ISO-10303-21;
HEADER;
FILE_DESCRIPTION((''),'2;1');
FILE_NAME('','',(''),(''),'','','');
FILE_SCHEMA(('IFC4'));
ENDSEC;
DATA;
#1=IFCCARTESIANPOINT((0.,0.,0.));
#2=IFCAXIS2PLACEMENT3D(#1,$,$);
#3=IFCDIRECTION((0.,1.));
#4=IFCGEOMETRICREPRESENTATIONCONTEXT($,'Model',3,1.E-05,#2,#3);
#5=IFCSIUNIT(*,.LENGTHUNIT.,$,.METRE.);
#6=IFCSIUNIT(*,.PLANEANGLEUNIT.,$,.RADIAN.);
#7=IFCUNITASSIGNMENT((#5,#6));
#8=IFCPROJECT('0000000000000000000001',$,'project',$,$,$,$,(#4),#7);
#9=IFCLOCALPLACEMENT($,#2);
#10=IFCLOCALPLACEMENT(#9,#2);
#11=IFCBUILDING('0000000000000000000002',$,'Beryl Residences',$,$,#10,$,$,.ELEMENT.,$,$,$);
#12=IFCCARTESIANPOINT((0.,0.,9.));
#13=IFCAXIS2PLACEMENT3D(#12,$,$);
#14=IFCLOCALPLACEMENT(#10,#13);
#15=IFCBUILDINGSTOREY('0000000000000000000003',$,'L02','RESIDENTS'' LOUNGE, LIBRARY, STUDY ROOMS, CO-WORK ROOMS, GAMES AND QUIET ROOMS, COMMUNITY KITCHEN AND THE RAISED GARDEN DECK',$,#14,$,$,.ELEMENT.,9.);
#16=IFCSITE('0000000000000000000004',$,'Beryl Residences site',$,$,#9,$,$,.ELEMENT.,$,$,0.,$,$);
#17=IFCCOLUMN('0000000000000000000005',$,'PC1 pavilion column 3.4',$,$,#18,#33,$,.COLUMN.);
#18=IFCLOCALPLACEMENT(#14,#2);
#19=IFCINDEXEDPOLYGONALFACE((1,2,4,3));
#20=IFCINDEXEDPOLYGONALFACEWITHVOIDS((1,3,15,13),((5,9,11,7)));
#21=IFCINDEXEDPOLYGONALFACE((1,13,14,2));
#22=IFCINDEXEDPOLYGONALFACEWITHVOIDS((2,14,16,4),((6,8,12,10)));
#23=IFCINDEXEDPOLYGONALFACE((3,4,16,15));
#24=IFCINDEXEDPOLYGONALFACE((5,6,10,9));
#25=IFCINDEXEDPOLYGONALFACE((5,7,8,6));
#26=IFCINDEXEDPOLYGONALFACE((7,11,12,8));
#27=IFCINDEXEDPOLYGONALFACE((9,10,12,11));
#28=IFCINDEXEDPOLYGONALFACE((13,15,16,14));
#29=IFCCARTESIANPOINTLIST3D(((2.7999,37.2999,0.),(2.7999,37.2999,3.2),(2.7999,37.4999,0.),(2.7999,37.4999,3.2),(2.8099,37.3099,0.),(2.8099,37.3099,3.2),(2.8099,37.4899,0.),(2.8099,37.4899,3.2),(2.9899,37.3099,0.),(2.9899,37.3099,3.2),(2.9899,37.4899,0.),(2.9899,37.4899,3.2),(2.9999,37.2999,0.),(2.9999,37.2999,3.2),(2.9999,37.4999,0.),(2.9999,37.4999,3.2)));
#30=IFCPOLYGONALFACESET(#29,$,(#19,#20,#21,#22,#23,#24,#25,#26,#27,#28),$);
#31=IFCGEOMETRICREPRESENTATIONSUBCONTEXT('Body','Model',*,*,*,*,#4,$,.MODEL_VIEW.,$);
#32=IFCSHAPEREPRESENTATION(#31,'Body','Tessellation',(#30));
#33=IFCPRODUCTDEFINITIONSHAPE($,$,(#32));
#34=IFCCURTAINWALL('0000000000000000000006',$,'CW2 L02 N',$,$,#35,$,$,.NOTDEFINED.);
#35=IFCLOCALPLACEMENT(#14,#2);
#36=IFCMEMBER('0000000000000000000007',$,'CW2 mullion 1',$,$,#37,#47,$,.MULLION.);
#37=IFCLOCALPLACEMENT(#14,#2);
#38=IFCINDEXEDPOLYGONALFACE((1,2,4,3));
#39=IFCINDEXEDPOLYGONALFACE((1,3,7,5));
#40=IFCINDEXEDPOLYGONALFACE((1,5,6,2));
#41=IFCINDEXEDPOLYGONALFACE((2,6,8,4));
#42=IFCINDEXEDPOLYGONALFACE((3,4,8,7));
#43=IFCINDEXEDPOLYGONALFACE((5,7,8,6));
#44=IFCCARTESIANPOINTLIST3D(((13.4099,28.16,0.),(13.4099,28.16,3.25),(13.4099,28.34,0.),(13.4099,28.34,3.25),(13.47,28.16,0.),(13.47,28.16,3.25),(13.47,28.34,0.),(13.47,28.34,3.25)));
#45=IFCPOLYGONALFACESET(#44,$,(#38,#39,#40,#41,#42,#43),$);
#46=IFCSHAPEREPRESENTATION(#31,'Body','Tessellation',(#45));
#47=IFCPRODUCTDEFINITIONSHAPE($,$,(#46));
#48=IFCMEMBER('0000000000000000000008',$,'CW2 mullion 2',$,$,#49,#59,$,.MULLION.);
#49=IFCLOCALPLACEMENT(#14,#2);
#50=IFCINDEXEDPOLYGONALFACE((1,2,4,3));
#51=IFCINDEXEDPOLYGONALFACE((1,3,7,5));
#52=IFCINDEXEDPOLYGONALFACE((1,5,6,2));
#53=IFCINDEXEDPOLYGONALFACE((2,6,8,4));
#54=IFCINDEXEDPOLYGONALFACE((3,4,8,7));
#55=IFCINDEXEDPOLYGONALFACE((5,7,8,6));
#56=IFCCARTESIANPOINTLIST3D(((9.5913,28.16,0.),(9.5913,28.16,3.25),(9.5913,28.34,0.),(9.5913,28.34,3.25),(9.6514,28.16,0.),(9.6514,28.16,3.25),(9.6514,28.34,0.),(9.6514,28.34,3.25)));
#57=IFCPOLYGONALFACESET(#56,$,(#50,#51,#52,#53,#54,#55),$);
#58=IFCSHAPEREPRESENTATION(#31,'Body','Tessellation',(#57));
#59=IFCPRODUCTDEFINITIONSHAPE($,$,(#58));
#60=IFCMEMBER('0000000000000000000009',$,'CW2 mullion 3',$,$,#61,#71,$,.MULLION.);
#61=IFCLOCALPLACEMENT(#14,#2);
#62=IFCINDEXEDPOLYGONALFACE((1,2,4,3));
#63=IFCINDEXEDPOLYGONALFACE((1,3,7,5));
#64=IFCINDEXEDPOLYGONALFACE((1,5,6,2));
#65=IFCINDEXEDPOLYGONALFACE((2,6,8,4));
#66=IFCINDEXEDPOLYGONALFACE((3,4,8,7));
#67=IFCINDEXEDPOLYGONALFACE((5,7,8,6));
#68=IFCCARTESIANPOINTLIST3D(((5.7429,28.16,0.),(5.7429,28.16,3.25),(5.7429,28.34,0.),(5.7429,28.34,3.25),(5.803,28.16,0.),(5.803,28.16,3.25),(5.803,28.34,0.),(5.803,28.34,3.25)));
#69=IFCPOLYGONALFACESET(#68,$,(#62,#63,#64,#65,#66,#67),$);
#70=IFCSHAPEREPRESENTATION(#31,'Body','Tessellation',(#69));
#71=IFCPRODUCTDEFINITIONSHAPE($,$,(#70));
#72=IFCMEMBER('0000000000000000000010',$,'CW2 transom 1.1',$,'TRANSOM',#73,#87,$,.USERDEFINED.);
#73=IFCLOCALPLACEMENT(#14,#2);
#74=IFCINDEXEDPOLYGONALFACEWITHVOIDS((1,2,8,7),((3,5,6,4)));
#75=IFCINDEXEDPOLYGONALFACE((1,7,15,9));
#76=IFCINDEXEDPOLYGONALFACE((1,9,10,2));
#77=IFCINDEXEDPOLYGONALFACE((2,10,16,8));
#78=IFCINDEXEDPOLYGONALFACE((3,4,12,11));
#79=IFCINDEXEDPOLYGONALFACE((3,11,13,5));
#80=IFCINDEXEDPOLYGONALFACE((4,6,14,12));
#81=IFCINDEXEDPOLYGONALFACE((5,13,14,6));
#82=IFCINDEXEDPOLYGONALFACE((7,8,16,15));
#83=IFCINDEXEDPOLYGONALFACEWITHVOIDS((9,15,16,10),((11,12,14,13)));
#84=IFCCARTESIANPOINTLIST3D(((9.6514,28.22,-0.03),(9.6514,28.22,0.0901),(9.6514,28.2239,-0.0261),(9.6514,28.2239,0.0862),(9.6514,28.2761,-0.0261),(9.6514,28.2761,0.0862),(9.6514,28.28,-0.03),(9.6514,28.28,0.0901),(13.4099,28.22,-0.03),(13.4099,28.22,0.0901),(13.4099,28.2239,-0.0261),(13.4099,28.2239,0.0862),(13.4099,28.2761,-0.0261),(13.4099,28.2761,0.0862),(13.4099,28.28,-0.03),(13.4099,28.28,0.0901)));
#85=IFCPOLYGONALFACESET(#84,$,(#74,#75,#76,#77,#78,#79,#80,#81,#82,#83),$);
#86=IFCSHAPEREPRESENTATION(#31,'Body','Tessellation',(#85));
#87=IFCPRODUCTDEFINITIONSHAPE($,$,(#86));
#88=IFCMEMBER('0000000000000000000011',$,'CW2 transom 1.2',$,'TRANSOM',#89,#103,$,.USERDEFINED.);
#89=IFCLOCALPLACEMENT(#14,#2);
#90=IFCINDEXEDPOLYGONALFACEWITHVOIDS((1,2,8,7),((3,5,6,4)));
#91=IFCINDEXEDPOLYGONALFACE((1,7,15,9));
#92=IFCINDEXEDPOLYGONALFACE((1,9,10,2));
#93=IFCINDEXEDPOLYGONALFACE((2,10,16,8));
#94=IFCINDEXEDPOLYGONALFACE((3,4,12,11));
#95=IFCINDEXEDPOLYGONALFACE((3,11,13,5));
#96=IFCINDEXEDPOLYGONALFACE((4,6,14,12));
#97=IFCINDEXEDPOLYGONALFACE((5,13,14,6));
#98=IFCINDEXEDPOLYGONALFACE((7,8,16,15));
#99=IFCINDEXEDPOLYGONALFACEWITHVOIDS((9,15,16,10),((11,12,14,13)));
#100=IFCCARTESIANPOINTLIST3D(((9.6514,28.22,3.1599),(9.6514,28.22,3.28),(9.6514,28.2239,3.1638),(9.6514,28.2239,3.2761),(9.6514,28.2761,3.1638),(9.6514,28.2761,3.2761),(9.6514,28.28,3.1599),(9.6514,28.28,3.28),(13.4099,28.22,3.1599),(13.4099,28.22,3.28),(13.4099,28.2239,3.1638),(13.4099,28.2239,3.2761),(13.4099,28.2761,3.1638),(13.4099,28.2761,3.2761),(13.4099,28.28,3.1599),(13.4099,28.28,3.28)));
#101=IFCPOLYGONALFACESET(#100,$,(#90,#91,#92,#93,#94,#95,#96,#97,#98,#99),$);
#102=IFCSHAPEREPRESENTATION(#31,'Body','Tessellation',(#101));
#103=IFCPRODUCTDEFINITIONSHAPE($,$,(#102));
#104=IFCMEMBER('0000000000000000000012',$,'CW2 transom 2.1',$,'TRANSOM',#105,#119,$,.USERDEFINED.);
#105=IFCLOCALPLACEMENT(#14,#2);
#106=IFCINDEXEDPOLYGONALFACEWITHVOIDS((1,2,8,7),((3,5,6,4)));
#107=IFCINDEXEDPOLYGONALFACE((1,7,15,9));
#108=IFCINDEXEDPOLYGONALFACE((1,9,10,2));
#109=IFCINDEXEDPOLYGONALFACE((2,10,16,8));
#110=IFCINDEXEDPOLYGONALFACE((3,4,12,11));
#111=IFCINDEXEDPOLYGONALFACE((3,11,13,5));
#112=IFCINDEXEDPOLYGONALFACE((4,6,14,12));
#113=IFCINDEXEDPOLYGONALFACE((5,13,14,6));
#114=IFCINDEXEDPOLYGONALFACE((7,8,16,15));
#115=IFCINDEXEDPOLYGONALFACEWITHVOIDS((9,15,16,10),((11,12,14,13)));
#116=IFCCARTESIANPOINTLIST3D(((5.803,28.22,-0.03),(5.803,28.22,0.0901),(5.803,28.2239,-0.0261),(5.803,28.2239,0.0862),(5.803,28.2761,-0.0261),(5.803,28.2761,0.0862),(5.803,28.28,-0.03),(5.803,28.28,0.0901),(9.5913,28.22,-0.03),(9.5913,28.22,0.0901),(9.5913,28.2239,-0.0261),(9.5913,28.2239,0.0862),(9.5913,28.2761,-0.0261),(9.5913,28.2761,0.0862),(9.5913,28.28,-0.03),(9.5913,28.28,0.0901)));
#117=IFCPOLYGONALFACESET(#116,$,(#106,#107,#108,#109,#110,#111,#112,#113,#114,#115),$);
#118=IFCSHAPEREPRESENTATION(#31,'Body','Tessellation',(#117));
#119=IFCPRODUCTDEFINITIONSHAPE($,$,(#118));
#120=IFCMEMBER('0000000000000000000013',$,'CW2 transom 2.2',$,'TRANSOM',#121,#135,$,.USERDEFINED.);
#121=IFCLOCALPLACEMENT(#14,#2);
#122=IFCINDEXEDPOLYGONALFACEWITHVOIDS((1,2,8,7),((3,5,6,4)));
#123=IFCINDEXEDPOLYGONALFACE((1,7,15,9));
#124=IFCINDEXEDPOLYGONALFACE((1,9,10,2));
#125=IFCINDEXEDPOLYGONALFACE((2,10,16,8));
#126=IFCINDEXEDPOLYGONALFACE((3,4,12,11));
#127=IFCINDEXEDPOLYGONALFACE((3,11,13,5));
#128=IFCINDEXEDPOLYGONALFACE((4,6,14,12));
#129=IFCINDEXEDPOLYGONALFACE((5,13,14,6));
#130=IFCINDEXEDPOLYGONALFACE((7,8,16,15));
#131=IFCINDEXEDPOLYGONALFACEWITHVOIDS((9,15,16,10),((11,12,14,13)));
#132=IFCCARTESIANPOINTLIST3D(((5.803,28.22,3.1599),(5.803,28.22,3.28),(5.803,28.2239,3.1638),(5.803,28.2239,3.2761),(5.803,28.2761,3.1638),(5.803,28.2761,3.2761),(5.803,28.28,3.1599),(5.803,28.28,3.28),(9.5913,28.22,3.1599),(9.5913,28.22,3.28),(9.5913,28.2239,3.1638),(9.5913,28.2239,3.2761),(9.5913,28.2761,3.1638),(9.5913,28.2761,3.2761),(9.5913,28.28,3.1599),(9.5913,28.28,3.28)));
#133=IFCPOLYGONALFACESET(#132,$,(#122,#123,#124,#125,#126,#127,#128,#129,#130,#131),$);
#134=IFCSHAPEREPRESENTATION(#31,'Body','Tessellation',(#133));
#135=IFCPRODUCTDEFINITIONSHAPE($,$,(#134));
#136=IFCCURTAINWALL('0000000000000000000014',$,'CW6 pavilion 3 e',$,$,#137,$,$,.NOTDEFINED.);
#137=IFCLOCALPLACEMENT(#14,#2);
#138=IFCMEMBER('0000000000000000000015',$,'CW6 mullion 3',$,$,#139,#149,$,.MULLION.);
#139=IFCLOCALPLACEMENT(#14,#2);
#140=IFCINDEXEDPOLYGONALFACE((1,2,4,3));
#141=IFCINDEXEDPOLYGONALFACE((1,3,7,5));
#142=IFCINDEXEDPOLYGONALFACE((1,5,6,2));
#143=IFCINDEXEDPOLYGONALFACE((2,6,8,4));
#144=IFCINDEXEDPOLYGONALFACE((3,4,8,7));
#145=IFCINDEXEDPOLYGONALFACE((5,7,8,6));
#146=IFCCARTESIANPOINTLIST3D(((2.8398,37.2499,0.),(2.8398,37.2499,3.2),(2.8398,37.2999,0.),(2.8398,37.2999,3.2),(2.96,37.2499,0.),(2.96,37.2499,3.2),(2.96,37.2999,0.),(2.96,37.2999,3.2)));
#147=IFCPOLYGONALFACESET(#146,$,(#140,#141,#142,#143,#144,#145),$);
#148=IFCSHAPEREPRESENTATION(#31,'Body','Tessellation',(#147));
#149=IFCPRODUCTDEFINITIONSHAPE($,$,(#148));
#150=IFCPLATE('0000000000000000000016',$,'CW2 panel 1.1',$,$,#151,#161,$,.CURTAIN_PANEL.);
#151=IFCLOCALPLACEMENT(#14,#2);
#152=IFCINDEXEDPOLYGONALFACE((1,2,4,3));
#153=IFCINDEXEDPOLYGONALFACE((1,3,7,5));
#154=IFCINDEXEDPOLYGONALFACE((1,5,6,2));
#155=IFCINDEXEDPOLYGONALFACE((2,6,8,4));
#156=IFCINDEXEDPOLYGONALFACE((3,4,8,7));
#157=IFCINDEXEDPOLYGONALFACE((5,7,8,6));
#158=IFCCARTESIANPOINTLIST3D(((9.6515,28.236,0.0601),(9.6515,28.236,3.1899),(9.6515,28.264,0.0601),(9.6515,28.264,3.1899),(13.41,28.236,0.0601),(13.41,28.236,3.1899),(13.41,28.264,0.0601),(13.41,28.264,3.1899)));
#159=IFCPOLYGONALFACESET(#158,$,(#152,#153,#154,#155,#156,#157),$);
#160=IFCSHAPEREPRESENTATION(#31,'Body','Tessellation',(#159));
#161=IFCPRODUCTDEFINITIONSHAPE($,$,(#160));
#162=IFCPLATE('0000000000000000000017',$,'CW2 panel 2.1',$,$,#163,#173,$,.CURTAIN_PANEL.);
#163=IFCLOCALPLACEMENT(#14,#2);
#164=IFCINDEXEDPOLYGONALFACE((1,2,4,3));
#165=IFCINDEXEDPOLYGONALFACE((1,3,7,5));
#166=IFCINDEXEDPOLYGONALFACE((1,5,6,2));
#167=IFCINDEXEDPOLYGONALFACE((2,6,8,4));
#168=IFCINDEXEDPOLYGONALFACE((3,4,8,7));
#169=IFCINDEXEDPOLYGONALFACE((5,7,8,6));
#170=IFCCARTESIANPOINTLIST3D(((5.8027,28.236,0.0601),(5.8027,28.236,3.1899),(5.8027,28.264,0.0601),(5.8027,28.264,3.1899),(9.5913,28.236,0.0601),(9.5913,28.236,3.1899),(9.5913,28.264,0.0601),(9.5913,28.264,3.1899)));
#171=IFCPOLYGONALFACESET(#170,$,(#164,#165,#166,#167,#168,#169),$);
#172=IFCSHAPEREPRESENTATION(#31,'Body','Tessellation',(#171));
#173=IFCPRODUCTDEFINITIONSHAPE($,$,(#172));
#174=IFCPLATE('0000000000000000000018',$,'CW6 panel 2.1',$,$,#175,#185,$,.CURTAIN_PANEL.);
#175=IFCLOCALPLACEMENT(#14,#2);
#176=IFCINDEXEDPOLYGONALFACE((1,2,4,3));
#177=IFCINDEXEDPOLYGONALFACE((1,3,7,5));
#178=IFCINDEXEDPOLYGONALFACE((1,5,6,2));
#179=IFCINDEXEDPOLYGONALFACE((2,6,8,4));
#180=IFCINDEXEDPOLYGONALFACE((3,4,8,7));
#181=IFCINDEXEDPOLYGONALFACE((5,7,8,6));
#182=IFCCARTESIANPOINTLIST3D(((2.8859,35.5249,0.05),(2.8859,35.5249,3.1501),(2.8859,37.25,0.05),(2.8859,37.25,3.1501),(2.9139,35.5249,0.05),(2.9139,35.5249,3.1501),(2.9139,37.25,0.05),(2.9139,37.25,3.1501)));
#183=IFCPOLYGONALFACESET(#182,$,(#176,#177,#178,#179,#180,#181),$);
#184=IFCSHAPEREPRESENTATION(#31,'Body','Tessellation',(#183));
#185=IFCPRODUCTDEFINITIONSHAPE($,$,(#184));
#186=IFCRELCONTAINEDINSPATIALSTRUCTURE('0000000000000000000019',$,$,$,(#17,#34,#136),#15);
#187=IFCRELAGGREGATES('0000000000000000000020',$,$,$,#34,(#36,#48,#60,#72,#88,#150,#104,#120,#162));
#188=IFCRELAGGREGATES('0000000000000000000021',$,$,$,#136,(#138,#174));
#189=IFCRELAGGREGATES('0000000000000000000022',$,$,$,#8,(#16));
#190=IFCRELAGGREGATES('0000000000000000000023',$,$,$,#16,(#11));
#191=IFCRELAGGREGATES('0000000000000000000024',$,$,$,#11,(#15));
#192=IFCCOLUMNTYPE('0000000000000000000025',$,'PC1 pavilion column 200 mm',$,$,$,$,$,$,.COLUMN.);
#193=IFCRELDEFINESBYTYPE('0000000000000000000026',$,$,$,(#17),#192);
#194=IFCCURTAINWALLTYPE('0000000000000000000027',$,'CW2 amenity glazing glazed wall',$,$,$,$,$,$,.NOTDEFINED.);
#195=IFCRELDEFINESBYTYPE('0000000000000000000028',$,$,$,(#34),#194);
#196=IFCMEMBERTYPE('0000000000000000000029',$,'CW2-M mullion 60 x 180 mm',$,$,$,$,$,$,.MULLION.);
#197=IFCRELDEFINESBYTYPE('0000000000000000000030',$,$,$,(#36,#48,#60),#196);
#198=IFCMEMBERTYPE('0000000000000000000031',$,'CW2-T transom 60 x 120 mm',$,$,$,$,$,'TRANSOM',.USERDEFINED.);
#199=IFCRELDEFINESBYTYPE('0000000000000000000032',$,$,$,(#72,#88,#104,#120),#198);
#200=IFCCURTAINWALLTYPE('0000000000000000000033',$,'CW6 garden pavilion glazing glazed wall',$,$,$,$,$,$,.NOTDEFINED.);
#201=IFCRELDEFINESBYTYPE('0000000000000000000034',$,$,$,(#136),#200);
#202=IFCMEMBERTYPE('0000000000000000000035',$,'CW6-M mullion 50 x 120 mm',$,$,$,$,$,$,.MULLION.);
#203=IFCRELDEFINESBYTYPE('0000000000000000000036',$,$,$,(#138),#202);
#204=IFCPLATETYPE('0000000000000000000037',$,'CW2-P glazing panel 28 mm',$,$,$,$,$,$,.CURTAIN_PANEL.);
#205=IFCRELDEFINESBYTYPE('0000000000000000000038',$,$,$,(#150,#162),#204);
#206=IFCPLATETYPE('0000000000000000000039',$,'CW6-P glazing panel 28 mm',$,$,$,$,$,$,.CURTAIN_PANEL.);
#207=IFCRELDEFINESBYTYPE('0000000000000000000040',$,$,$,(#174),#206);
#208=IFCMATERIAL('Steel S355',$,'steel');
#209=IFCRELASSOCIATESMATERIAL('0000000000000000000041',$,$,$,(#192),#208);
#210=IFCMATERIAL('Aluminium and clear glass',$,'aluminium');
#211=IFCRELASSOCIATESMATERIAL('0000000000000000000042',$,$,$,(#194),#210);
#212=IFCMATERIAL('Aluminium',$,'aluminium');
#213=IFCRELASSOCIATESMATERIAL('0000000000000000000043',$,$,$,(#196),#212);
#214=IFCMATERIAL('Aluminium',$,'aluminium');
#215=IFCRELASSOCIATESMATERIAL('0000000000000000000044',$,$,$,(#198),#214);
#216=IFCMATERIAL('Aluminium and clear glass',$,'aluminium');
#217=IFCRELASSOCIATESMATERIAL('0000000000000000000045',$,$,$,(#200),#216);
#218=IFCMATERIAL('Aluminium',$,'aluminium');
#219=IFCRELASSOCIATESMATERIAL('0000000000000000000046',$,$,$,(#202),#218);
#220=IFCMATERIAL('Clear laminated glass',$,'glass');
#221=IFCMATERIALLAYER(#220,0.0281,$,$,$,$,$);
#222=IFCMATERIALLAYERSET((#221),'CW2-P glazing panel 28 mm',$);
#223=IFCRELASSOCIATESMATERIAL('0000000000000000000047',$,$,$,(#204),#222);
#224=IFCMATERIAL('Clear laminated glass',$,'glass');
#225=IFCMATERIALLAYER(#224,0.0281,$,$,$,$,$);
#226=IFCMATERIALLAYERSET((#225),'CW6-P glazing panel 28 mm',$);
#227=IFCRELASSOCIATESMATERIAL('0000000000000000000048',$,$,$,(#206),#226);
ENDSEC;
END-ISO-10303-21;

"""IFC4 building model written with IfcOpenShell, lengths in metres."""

from ifc_helpers import new_model, si_unit, direction, frame, origin, origin_2d, place, context, subcontext, project, spatial, rectangle, hollow_rectangle, extrude, material, layer, layer_set, material_profile, profile_set, type_object, element, aggregate, save


model = new_model("IFC4")

# Units and contexts
model_context = context("Model", 3, precision=1e-05, world=origin(), true_north=direction((0.0, 1.0)))
body_context = subcontext(model_context, "Body", "Model", "MODEL_VIEW")
ifc_project = project(units=[si_unit("LENGTHUNIT", "METRE"), si_unit("PLANEANGLEUNIT", "RADIAN")], contexts=[model_context])

# Site, building, storey
site_placement = place(None, origin())
site = spatial("IfcSite", under=ifc_project, at=site_placement, Name="Beryl Residences site", CompositionType="ELEMENT", RefElevation=0.0)
building_placement = place(site_placement, origin())
building = spatial("IfcBuilding", under=site, at=building_placement, Name="Beryl Residences", CompositionType="ELEMENT")
storey_placement = place(building_placement, frame((0.0, 0.0, 9.0)))
storey = spatial("IfcBuildingStorey", under=building, at=storey_placement, Name="L02", Description="RESIDENTS' LOUNGE, LIBRARY, STUDY ROOMS, CO-WORK ROOMS, GAMES AND QUIET ROOMS, COMMUNITY KITCHEN AND THE RAISED GARDEN DECK", CompositionType="ELEMENT", Elevation=9.0)

# Column
ifc_material_1 = material(Name="Steel S355", Category="steel")
ifc_material_profile_1 = material_profile(ifc_material_1, hollow_rectangle(XDim=0.2, YDim=0.2, WallThickness=0.01, at=origin_2d()))
ifc_profile_set_1 = profile_set([ifc_material_profile_1], Name="Steel S355")
column_type = type_object("IfcColumnType", Name="PC1 pavilion column 200 mm", PredefinedType="COLUMN", material=ifc_profile_set_1)
column_placement = place(storey_placement, frame((2.8999, 37.3999, 0.0), z_axis=(0.0, 0.0, 1.0), x_axis=(1.0, 0.0, 0.0)))
element("IfcColumn", 1, at=column_placement, inside=storey, type_object=column_type, Name="PC1 pavilion column 3.4", PredefinedType="COLUMN", context=body_context, shape_type="SweptSolid", body=[
    extrude(hollow_rectangle(XDim=0.2, YDim=0.2, WallThickness=0.01, at=origin_2d()), origin(), (0.0, 0.0, 1.0), 3.2),
])

# Curtain wall, members
ifc_material_2 = material(Name="Aluminium and clear glass", Category="aluminium")
curtain_wall_type_1 = type_object("IfcCurtainWallType", Name="CW2 amenity glazing glazed wall", PredefinedType="NOTDEFINED", material=ifc_material_2)
curtain_wall_1_placement = place(storey_placement, origin())
curtain_wall_1 = element("IfcCurtainWall", 2, at=curtain_wall_1_placement, inside=storey, type_object=curtain_wall_type_1, Name="CW2 L02 N", PredefinedType="NOTDEFINED")
ifc_material_3 = material(Name="Aluminium", Category="aluminium")
ifc_material_profile_2 = material_profile(ifc_material_3, rectangle(XDim=0.0601, YDim=0.1799, at=origin_2d()))
ifc_profile_set_2 = profile_set([ifc_material_profile_2], Name="Aluminium")
member_type_1 = type_object("IfcMemberType", Name="CW2-M mullion 60 x 180 mm", PredefinedType="MULLION", material=ifc_profile_set_2)
member_1_placement = place(storey_placement, frame((13.4399, 28.25, 0.0), z_axis=(0.0, 0.0, 1.0), x_axis=(-1.0, 0.0, 0.0)))
member_1 = element("IfcMember", 3, at=member_1_placement, type_object=member_type_1, Name="CW2 mullion 1", PredefinedType="MULLION", context=body_context, shape_type="SweptSolid", body=[
    extrude(rectangle(XDim=0.0601, YDim=0.1799, at=origin_2d()), origin(), (0.0, 0.0, 1.0), 3.25),
])
member_2_placement = place(storey_placement, frame((9.6213, 28.25, 0.0), z_axis=(0.0, 0.0, 1.0), x_axis=(-1.0, 0.0, 0.0)))
member_2 = element("IfcMember", 4, at=member_2_placement, type_object=member_type_1, Name="CW2 mullion 2", PredefinedType="MULLION", context=body_context, shape_type="SweptSolid", body=[
    extrude(rectangle(XDim=0.0601, YDim=0.1799, at=origin_2d()), origin(), (0.0, 0.0, 1.0), 3.25),
])
member_3_placement = place(storey_placement, frame((5.7729, 28.25, 0.0), z_axis=(0.0, 0.0, 1.0), x_axis=(-1.0, 0.0, 0.0)))
member_3 = element("IfcMember", 5, at=member_3_placement, type_object=member_type_1, Name="CW2 mullion 3", PredefinedType="MULLION", context=body_context, shape_type="SweptSolid", body=[
    extrude(rectangle(XDim=0.0601, YDim=0.1799, at=origin_2d()), origin(), (0.0, 0.0, 1.0), 3.25),
])
ifc_material_4 = material(Name="Aluminium", Category="aluminium")
ifc_material_profile_3 = material_profile(ifc_material_4, hollow_rectangle(XDim=0.0601, YDim=0.1201, WallThickness=0.0039, at=origin_2d()))
ifc_profile_set_3 = profile_set([ifc_material_profile_3], Name="Aluminium")
member_type_2 = type_object("IfcMemberType", Name="CW2-T transom 60 x 120 mm", ElementType="TRANSOM", PredefinedType="USERDEFINED", material=ifc_profile_set_3)
member_4_placement = place(storey_placement, frame((13.4099, 28.25, 0.03), z_axis=(-1.0, 0.0, 0.0), x_axis=(0.0, -1.0, 0.0)))
member_4 = element("IfcMember", 6, at=member_4_placement, type_object=member_type_2, Name="CW2 transom 1.1", ObjectType="TRANSOM", PredefinedType="USERDEFINED", context=body_context, shape_type="SweptSolid", body=[
    extrude(hollow_rectangle(XDim=0.0601, YDim=0.1201, WallThickness=0.0039, at=origin_2d()), origin(), (0.0, 0.0, 1.0), 3.7585),
])
member_5_placement = place(storey_placement, frame((13.4099, 28.25, 3.22), z_axis=(-1.0, 0.0, 0.0), x_axis=(0.0, -1.0, 0.0)))
member_5 = element("IfcMember", 7, at=member_5_placement, type_object=member_type_2, Name="CW2 transom 1.2", ObjectType="TRANSOM", PredefinedType="USERDEFINED", context=body_context, shape_type="SweptSolid", body=[
    extrude(hollow_rectangle(XDim=0.0601, YDim=0.1201, WallThickness=0.0039, at=origin_2d()), origin(), (0.0, 0.0, 1.0), 3.7585),
])
member_6_placement = place(storey_placement, frame((9.5913, 28.25, 0.03), z_axis=(-1.0, 0.0, 0.0), x_axis=(0.0, -1.0, 0.0)))
member_6 = element("IfcMember", 8, at=member_6_placement, type_object=member_type_2, Name="CW2 transom 2.1", ObjectType="TRANSOM", PredefinedType="USERDEFINED", context=body_context, shape_type="SweptSolid", body=[
    extrude(hollow_rectangle(XDim=0.0601, YDim=0.1201, WallThickness=0.0039, at=origin_2d()), origin(), (0.0, 0.0, 1.0), 3.7883),
])
member_7_placement = place(storey_placement, frame((9.5913, 28.25, 3.22), z_axis=(-1.0, 0.0, 0.0), x_axis=(0.0, -1.0, 0.0)))
member_7 = element("IfcMember", 9, at=member_7_placement, type_object=member_type_2, Name="CW2 transom 2.2", ObjectType="TRANSOM", PredefinedType="USERDEFINED", context=body_context, shape_type="SweptSolid", body=[
    extrude(hollow_rectangle(XDim=0.0601, YDim=0.1201, WallThickness=0.0039, at=origin_2d()), origin(), (0.0, 0.0, 1.0), 3.7883),
])

# Curtain wall, member
ifc_material_5 = material(Name="Aluminium and clear glass", Category="aluminium")
curtain_wall_type_2 = type_object("IfcCurtainWallType", Name="CW6 garden pavilion glazing glazed wall", PredefinedType="NOTDEFINED", material=ifc_material_5)
curtain_wall_2_placement = place(storey_placement, origin())
curtain_wall_2 = element("IfcCurtainWall", 10, at=curtain_wall_2_placement, inside=storey, type_object=curtain_wall_type_2, Name="CW6 pavilion 3 e", PredefinedType="NOTDEFINED")
ifc_material_6 = material(Name="Aluminium", Category="aluminium")
ifc_material_profile_4 = material_profile(ifc_material_6, rectangle(XDim=0.05, YDim=0.1201, at=origin_2d()))
ifc_profile_set_4 = profile_set([ifc_material_profile_4], Name="Aluminium")
member_type_3 = type_object("IfcMemberType", Name="CW6-M mullion 50 x 120 mm", PredefinedType="MULLION", material=ifc_profile_set_4)
member_8_placement = place(storey_placement, frame((2.8999, 37.2749, 0.0), z_axis=(0.0, 0.0, 1.0), x_axis=(0.0, 1.0, 0.0)))
member_8 = element("IfcMember", 11, at=member_8_placement, type_object=member_type_3, Name="CW6 mullion 3", PredefinedType="MULLION", context=body_context, shape_type="SweptSolid", body=[
    extrude(rectangle(XDim=0.05, YDim=0.1201, at=origin_2d()), origin(), (0.0, 0.0, 1.0), 3.2),
])

# Plates
ifc_material_7 = material(Name="Clear laminated glass", Category="glass")
ifc_layer_1 = layer(ifc_material_7, 0.0281)
ifc_layer_set_1 = layer_set([ifc_layer_1], Name="CW2-P glazing panel 28 mm")
plate_type_1 = type_object("IfcPlateType", Name="CW2-P glazing panel 28 mm", PredefinedType="CURTAIN_PANEL", material=ifc_layer_set_1)
plate_1_placement = place(storey_placement, frame((11.5308, 28.25, 0.0601), z_axis=(0.0, 0.0, 1.0), x_axis=(-1.0, 0.0, 0.0)))
plate_1 = element("IfcPlate", 12, at=plate_1_placement, type_object=plate_type_1, Name="CW2 panel 1.1", PredefinedType="CURTAIN_PANEL", context=body_context, shape_type="SweptSolid", body=[
    extrude(rectangle(XDim=3.7585, YDim=0.0281, at=origin_2d()), origin(), (0.0, 0.0, 1.0), 3.1299),
])
plate_2_placement = place(storey_placement, frame((7.697, 28.25, 0.0601), z_axis=(0.0, 0.0, 1.0), x_axis=(-1.0, 0.0, 0.0)))
plate_2 = element("IfcPlate", 13, at=plate_2_placement, type_object=plate_type_1, Name="CW2 panel 2.1", PredefinedType="CURTAIN_PANEL", context=body_context, shape_type="SweptSolid", body=[
    extrude(rectangle(XDim=3.7886, YDim=0.0281, at=origin_2d()), origin(), (0.0, 0.0, 1.0), 3.1299),
])
aggregate(curtain_wall_1, [member_1, member_2, member_3, member_4, member_5, plate_1, member_6, member_7, plate_2])
ifc_material_8 = material(Name="Clear laminated glass", Category="glass")
ifc_layer_2 = layer(ifc_material_8, 0.0281)
ifc_layer_set_2 = layer_set([ifc_layer_2], Name="CW6-P glazing panel 28 mm")
plate_type_2 = type_object("IfcPlateType", Name="CW6-P glazing panel 28 mm", PredefinedType="CURTAIN_PANEL", material=ifc_layer_set_2)
plate_3_placement = place(storey_placement, frame((2.8999, 36.3875, 0.05), z_axis=(0.0, 0.0, 1.0), x_axis=(0.0, 1.0, 0.0)))
plate_3 = element("IfcPlate", 14, at=plate_3_placement, type_object=plate_type_2, Name="CW6 panel 2.1", PredefinedType="CURTAIN_PANEL", context=body_context, shape_type="SweptSolid", body=[
    extrude(rectangle(XDim=1.7251, YDim=0.0281, at=origin_2d()), origin(), (0.0, 0.0, 1.0), 3.1001),
])
aggregate(curtain_wall_2, [member_8, plate_3])

save(model, "model.ifc")
